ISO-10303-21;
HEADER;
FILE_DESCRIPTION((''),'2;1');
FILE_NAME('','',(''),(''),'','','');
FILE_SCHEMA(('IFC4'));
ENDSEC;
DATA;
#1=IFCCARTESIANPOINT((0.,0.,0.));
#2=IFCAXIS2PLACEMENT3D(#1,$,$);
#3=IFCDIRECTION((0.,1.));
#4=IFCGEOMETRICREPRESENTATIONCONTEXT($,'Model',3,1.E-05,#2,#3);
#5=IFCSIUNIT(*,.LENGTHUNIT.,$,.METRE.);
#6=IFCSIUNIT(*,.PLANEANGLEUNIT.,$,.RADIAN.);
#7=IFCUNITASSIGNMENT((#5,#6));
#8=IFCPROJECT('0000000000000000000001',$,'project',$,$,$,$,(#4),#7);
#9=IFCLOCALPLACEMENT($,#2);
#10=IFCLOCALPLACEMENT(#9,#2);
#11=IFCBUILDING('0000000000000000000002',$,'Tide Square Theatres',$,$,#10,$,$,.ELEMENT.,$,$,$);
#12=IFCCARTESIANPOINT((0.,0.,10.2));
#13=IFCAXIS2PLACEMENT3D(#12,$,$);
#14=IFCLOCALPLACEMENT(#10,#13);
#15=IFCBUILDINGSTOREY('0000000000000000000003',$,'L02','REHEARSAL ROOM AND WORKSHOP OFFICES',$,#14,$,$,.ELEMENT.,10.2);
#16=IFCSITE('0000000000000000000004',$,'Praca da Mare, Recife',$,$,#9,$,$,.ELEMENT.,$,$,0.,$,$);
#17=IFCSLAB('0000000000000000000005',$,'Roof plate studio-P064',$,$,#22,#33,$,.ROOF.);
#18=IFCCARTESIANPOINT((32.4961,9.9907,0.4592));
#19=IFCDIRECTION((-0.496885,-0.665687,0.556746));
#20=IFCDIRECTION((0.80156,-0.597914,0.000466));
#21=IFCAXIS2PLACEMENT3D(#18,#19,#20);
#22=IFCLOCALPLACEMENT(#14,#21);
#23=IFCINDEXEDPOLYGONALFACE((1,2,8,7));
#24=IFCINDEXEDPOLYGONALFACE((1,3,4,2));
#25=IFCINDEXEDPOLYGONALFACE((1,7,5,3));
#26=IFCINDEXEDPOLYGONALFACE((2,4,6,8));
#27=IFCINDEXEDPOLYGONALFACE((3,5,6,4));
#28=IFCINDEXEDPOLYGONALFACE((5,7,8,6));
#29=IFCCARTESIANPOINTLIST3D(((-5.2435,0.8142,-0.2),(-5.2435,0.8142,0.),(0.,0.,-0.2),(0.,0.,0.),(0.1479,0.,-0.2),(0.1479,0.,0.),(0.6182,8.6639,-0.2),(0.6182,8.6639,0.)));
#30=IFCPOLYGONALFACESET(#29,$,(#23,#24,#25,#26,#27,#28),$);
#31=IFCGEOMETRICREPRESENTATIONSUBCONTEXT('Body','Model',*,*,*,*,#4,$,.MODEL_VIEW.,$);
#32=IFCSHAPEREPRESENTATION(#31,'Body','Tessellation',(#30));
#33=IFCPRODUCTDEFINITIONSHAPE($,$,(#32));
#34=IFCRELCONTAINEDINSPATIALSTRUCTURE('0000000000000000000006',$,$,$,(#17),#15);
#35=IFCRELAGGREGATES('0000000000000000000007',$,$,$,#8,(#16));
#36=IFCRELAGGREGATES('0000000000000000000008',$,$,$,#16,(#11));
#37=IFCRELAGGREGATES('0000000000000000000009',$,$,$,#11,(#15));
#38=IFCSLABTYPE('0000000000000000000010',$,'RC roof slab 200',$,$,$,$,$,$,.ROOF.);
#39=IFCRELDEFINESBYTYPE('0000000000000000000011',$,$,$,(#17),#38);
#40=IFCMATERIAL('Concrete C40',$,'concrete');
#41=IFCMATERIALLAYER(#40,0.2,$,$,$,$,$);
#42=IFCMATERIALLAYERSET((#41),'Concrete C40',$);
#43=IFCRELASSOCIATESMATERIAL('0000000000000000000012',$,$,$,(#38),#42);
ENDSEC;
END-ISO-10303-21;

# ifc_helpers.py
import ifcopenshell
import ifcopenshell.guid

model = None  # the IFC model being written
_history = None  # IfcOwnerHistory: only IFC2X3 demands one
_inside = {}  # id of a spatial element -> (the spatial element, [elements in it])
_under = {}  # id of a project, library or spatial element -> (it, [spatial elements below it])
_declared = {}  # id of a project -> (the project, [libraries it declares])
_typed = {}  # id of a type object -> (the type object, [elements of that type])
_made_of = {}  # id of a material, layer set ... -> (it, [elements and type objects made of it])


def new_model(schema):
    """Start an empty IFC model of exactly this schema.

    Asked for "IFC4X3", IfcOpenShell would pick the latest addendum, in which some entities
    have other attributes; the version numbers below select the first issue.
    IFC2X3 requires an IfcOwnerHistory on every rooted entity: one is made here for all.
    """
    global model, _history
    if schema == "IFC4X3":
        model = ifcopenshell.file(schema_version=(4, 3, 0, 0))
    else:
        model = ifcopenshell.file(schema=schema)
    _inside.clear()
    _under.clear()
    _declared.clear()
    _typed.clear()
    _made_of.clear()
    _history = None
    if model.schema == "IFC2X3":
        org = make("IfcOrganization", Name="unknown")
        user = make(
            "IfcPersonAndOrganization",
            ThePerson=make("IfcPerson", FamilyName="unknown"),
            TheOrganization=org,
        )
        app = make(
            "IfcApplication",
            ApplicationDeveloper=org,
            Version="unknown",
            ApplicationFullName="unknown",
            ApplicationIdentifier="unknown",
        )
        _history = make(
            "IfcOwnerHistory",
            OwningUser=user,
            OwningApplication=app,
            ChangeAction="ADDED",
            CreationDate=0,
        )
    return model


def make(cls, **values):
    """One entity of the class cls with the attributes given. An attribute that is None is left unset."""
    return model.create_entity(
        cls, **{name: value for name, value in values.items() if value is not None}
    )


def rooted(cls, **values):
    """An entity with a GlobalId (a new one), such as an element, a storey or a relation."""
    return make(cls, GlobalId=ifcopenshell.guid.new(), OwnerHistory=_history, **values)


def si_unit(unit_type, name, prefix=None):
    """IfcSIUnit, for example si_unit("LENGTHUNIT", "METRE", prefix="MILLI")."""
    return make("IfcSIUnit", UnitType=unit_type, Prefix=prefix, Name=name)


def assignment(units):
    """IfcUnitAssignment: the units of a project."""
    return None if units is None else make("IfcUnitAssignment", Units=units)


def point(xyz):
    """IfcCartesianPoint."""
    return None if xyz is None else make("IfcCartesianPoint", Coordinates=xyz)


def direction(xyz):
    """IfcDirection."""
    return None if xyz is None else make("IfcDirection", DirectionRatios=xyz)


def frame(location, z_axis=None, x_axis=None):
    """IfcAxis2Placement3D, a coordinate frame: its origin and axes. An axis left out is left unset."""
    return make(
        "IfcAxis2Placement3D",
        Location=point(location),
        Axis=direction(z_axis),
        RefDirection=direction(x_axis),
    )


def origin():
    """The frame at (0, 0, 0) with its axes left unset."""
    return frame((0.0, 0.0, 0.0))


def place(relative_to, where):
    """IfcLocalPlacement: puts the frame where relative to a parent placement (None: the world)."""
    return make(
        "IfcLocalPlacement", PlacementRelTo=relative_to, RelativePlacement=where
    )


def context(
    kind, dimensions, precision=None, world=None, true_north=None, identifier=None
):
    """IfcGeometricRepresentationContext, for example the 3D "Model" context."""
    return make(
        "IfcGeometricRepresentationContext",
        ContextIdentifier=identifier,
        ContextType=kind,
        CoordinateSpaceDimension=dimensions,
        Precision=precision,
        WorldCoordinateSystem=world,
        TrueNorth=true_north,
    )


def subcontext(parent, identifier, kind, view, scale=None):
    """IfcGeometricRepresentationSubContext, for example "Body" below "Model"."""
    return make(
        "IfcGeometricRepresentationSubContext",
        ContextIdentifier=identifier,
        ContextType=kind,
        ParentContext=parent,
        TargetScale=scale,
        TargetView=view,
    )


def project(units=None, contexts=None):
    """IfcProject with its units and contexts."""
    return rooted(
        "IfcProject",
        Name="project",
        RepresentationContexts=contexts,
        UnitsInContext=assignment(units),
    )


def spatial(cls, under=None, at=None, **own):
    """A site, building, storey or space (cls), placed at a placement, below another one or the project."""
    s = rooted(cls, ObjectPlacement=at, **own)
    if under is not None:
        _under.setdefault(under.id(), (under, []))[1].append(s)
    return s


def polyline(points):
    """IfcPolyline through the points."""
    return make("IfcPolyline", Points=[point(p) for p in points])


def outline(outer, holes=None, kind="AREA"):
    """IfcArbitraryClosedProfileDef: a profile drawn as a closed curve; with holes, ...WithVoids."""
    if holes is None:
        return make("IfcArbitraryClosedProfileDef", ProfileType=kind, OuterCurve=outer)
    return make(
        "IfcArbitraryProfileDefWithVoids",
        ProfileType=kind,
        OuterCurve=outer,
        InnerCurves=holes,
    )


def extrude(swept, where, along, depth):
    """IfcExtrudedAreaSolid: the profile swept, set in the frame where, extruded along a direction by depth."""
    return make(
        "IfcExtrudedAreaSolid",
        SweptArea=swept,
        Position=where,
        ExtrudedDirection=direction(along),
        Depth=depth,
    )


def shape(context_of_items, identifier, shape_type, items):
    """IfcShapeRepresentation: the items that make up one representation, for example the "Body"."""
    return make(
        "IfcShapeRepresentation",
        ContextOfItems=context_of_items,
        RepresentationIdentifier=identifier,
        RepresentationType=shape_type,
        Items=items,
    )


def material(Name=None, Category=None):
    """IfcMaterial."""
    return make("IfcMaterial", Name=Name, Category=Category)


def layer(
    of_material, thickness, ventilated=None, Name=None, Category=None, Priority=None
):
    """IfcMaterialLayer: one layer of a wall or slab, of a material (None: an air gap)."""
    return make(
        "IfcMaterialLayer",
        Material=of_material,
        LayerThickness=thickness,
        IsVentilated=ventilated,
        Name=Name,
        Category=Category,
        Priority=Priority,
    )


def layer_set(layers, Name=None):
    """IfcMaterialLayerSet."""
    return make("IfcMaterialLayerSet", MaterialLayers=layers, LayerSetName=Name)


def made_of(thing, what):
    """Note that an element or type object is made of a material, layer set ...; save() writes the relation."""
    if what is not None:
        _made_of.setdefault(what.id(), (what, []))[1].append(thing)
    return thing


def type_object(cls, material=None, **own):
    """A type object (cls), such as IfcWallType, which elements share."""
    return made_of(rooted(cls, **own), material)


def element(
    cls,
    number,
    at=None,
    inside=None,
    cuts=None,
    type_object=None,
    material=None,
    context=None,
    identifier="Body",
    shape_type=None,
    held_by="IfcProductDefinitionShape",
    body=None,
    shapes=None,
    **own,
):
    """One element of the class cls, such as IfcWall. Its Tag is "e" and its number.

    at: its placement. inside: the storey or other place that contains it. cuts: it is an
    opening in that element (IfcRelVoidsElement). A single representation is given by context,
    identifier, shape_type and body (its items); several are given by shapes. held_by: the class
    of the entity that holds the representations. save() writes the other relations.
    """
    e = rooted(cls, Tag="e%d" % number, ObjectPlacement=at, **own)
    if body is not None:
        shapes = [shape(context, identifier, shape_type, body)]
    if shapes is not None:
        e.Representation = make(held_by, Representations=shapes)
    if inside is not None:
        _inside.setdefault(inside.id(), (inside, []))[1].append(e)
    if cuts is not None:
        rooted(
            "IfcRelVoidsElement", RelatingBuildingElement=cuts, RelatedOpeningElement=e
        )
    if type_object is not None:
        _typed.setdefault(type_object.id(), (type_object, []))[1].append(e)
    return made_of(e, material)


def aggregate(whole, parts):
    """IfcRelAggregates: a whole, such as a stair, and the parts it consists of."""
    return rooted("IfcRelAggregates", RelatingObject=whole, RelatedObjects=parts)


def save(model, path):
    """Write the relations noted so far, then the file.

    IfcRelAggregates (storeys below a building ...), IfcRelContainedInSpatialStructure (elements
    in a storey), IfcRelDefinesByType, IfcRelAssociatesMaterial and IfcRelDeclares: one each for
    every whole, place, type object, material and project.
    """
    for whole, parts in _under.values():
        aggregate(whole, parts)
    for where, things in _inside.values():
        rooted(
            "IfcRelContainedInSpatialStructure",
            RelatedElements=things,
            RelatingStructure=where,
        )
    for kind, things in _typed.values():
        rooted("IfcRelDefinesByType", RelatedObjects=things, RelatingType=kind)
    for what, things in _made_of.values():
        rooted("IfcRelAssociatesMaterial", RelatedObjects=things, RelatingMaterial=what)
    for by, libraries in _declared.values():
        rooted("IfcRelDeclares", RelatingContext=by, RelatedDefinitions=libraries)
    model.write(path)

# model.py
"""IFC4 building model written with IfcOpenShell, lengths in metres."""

from ifc_helpers import new_model, si_unit, direction, frame, origin, place, context, subcontext, project, spatial, polyline, outline, extrude, material, layer, layer_set, type_object, element, save


model = new_model("IFC4")

# Units and contexts
model_context = context("Model", 3, precision=1e-05, world=origin(), true_north=direction((0.0, 1.0)))
body_context = subcontext(model_context, "Body", "Model", "MODEL_VIEW")
ifc_project = project(units=[si_unit("LENGTHUNIT", "METRE"), si_unit("PLANEANGLEUNIT", "RADIAN")], contexts=[model_context])

# Site, building, storey
site_placement = place(None, origin())
site = spatial("IfcSite", under=ifc_project, at=site_placement, Name="Praca da Mare, Recife", CompositionType="ELEMENT", RefElevation=0.0)
building_placement = place(site_placement, origin())
building = spatial("IfcBuilding", under=site, at=building_placement, Name="Tide Square Theatres", CompositionType="ELEMENT")
storey_placement = place(building_placement, frame((0.0, 0.0, 10.2)))
storey = spatial("IfcBuildingStorey", under=building, at=storey_placement, Name="L02", Description="REHEARSAL ROOM AND WORKSHOP OFFICES", CompositionType="ELEMENT", Elevation=10.2)

# Slab
ifc_material_1 = material(Name="Concrete C40", Category="concrete")
ifc_layer_1 = layer(ifc_material_1, 0.2)
ifc_layer_set_1 = layer_set([ifc_layer_1], Name="Concrete C40")
slab_type = type_object("IfcSlabType", Name="RC roof slab 200", PredefinedType="ROOF", material=ifc_layer_set_1)
slab_1_placement = place(storey_placement, frame((32.4961, 9.9907, 0.4592), z_axis=(-0.496885, -0.665687, 0.556746), x_axis=(0.80156, -0.597914, 0.000466)))
element("IfcSlab", 1, at=slab_1_placement, inside=storey, type_object=slab_type, Name="Roof plate studio-P064", PredefinedType="ROOF", context=body_context, shape_type="SweptSolid", body=[
    extrude(outline(polyline([(0.0, 0.0), (0.1479, 0.0), (0.6182, 8.6639), (-5.2435, 0.8142), (0.0, 0.0)])), origin(), (0.0, 0.0, -1.0), 0.2),
])

save(model, "model.ifc")
